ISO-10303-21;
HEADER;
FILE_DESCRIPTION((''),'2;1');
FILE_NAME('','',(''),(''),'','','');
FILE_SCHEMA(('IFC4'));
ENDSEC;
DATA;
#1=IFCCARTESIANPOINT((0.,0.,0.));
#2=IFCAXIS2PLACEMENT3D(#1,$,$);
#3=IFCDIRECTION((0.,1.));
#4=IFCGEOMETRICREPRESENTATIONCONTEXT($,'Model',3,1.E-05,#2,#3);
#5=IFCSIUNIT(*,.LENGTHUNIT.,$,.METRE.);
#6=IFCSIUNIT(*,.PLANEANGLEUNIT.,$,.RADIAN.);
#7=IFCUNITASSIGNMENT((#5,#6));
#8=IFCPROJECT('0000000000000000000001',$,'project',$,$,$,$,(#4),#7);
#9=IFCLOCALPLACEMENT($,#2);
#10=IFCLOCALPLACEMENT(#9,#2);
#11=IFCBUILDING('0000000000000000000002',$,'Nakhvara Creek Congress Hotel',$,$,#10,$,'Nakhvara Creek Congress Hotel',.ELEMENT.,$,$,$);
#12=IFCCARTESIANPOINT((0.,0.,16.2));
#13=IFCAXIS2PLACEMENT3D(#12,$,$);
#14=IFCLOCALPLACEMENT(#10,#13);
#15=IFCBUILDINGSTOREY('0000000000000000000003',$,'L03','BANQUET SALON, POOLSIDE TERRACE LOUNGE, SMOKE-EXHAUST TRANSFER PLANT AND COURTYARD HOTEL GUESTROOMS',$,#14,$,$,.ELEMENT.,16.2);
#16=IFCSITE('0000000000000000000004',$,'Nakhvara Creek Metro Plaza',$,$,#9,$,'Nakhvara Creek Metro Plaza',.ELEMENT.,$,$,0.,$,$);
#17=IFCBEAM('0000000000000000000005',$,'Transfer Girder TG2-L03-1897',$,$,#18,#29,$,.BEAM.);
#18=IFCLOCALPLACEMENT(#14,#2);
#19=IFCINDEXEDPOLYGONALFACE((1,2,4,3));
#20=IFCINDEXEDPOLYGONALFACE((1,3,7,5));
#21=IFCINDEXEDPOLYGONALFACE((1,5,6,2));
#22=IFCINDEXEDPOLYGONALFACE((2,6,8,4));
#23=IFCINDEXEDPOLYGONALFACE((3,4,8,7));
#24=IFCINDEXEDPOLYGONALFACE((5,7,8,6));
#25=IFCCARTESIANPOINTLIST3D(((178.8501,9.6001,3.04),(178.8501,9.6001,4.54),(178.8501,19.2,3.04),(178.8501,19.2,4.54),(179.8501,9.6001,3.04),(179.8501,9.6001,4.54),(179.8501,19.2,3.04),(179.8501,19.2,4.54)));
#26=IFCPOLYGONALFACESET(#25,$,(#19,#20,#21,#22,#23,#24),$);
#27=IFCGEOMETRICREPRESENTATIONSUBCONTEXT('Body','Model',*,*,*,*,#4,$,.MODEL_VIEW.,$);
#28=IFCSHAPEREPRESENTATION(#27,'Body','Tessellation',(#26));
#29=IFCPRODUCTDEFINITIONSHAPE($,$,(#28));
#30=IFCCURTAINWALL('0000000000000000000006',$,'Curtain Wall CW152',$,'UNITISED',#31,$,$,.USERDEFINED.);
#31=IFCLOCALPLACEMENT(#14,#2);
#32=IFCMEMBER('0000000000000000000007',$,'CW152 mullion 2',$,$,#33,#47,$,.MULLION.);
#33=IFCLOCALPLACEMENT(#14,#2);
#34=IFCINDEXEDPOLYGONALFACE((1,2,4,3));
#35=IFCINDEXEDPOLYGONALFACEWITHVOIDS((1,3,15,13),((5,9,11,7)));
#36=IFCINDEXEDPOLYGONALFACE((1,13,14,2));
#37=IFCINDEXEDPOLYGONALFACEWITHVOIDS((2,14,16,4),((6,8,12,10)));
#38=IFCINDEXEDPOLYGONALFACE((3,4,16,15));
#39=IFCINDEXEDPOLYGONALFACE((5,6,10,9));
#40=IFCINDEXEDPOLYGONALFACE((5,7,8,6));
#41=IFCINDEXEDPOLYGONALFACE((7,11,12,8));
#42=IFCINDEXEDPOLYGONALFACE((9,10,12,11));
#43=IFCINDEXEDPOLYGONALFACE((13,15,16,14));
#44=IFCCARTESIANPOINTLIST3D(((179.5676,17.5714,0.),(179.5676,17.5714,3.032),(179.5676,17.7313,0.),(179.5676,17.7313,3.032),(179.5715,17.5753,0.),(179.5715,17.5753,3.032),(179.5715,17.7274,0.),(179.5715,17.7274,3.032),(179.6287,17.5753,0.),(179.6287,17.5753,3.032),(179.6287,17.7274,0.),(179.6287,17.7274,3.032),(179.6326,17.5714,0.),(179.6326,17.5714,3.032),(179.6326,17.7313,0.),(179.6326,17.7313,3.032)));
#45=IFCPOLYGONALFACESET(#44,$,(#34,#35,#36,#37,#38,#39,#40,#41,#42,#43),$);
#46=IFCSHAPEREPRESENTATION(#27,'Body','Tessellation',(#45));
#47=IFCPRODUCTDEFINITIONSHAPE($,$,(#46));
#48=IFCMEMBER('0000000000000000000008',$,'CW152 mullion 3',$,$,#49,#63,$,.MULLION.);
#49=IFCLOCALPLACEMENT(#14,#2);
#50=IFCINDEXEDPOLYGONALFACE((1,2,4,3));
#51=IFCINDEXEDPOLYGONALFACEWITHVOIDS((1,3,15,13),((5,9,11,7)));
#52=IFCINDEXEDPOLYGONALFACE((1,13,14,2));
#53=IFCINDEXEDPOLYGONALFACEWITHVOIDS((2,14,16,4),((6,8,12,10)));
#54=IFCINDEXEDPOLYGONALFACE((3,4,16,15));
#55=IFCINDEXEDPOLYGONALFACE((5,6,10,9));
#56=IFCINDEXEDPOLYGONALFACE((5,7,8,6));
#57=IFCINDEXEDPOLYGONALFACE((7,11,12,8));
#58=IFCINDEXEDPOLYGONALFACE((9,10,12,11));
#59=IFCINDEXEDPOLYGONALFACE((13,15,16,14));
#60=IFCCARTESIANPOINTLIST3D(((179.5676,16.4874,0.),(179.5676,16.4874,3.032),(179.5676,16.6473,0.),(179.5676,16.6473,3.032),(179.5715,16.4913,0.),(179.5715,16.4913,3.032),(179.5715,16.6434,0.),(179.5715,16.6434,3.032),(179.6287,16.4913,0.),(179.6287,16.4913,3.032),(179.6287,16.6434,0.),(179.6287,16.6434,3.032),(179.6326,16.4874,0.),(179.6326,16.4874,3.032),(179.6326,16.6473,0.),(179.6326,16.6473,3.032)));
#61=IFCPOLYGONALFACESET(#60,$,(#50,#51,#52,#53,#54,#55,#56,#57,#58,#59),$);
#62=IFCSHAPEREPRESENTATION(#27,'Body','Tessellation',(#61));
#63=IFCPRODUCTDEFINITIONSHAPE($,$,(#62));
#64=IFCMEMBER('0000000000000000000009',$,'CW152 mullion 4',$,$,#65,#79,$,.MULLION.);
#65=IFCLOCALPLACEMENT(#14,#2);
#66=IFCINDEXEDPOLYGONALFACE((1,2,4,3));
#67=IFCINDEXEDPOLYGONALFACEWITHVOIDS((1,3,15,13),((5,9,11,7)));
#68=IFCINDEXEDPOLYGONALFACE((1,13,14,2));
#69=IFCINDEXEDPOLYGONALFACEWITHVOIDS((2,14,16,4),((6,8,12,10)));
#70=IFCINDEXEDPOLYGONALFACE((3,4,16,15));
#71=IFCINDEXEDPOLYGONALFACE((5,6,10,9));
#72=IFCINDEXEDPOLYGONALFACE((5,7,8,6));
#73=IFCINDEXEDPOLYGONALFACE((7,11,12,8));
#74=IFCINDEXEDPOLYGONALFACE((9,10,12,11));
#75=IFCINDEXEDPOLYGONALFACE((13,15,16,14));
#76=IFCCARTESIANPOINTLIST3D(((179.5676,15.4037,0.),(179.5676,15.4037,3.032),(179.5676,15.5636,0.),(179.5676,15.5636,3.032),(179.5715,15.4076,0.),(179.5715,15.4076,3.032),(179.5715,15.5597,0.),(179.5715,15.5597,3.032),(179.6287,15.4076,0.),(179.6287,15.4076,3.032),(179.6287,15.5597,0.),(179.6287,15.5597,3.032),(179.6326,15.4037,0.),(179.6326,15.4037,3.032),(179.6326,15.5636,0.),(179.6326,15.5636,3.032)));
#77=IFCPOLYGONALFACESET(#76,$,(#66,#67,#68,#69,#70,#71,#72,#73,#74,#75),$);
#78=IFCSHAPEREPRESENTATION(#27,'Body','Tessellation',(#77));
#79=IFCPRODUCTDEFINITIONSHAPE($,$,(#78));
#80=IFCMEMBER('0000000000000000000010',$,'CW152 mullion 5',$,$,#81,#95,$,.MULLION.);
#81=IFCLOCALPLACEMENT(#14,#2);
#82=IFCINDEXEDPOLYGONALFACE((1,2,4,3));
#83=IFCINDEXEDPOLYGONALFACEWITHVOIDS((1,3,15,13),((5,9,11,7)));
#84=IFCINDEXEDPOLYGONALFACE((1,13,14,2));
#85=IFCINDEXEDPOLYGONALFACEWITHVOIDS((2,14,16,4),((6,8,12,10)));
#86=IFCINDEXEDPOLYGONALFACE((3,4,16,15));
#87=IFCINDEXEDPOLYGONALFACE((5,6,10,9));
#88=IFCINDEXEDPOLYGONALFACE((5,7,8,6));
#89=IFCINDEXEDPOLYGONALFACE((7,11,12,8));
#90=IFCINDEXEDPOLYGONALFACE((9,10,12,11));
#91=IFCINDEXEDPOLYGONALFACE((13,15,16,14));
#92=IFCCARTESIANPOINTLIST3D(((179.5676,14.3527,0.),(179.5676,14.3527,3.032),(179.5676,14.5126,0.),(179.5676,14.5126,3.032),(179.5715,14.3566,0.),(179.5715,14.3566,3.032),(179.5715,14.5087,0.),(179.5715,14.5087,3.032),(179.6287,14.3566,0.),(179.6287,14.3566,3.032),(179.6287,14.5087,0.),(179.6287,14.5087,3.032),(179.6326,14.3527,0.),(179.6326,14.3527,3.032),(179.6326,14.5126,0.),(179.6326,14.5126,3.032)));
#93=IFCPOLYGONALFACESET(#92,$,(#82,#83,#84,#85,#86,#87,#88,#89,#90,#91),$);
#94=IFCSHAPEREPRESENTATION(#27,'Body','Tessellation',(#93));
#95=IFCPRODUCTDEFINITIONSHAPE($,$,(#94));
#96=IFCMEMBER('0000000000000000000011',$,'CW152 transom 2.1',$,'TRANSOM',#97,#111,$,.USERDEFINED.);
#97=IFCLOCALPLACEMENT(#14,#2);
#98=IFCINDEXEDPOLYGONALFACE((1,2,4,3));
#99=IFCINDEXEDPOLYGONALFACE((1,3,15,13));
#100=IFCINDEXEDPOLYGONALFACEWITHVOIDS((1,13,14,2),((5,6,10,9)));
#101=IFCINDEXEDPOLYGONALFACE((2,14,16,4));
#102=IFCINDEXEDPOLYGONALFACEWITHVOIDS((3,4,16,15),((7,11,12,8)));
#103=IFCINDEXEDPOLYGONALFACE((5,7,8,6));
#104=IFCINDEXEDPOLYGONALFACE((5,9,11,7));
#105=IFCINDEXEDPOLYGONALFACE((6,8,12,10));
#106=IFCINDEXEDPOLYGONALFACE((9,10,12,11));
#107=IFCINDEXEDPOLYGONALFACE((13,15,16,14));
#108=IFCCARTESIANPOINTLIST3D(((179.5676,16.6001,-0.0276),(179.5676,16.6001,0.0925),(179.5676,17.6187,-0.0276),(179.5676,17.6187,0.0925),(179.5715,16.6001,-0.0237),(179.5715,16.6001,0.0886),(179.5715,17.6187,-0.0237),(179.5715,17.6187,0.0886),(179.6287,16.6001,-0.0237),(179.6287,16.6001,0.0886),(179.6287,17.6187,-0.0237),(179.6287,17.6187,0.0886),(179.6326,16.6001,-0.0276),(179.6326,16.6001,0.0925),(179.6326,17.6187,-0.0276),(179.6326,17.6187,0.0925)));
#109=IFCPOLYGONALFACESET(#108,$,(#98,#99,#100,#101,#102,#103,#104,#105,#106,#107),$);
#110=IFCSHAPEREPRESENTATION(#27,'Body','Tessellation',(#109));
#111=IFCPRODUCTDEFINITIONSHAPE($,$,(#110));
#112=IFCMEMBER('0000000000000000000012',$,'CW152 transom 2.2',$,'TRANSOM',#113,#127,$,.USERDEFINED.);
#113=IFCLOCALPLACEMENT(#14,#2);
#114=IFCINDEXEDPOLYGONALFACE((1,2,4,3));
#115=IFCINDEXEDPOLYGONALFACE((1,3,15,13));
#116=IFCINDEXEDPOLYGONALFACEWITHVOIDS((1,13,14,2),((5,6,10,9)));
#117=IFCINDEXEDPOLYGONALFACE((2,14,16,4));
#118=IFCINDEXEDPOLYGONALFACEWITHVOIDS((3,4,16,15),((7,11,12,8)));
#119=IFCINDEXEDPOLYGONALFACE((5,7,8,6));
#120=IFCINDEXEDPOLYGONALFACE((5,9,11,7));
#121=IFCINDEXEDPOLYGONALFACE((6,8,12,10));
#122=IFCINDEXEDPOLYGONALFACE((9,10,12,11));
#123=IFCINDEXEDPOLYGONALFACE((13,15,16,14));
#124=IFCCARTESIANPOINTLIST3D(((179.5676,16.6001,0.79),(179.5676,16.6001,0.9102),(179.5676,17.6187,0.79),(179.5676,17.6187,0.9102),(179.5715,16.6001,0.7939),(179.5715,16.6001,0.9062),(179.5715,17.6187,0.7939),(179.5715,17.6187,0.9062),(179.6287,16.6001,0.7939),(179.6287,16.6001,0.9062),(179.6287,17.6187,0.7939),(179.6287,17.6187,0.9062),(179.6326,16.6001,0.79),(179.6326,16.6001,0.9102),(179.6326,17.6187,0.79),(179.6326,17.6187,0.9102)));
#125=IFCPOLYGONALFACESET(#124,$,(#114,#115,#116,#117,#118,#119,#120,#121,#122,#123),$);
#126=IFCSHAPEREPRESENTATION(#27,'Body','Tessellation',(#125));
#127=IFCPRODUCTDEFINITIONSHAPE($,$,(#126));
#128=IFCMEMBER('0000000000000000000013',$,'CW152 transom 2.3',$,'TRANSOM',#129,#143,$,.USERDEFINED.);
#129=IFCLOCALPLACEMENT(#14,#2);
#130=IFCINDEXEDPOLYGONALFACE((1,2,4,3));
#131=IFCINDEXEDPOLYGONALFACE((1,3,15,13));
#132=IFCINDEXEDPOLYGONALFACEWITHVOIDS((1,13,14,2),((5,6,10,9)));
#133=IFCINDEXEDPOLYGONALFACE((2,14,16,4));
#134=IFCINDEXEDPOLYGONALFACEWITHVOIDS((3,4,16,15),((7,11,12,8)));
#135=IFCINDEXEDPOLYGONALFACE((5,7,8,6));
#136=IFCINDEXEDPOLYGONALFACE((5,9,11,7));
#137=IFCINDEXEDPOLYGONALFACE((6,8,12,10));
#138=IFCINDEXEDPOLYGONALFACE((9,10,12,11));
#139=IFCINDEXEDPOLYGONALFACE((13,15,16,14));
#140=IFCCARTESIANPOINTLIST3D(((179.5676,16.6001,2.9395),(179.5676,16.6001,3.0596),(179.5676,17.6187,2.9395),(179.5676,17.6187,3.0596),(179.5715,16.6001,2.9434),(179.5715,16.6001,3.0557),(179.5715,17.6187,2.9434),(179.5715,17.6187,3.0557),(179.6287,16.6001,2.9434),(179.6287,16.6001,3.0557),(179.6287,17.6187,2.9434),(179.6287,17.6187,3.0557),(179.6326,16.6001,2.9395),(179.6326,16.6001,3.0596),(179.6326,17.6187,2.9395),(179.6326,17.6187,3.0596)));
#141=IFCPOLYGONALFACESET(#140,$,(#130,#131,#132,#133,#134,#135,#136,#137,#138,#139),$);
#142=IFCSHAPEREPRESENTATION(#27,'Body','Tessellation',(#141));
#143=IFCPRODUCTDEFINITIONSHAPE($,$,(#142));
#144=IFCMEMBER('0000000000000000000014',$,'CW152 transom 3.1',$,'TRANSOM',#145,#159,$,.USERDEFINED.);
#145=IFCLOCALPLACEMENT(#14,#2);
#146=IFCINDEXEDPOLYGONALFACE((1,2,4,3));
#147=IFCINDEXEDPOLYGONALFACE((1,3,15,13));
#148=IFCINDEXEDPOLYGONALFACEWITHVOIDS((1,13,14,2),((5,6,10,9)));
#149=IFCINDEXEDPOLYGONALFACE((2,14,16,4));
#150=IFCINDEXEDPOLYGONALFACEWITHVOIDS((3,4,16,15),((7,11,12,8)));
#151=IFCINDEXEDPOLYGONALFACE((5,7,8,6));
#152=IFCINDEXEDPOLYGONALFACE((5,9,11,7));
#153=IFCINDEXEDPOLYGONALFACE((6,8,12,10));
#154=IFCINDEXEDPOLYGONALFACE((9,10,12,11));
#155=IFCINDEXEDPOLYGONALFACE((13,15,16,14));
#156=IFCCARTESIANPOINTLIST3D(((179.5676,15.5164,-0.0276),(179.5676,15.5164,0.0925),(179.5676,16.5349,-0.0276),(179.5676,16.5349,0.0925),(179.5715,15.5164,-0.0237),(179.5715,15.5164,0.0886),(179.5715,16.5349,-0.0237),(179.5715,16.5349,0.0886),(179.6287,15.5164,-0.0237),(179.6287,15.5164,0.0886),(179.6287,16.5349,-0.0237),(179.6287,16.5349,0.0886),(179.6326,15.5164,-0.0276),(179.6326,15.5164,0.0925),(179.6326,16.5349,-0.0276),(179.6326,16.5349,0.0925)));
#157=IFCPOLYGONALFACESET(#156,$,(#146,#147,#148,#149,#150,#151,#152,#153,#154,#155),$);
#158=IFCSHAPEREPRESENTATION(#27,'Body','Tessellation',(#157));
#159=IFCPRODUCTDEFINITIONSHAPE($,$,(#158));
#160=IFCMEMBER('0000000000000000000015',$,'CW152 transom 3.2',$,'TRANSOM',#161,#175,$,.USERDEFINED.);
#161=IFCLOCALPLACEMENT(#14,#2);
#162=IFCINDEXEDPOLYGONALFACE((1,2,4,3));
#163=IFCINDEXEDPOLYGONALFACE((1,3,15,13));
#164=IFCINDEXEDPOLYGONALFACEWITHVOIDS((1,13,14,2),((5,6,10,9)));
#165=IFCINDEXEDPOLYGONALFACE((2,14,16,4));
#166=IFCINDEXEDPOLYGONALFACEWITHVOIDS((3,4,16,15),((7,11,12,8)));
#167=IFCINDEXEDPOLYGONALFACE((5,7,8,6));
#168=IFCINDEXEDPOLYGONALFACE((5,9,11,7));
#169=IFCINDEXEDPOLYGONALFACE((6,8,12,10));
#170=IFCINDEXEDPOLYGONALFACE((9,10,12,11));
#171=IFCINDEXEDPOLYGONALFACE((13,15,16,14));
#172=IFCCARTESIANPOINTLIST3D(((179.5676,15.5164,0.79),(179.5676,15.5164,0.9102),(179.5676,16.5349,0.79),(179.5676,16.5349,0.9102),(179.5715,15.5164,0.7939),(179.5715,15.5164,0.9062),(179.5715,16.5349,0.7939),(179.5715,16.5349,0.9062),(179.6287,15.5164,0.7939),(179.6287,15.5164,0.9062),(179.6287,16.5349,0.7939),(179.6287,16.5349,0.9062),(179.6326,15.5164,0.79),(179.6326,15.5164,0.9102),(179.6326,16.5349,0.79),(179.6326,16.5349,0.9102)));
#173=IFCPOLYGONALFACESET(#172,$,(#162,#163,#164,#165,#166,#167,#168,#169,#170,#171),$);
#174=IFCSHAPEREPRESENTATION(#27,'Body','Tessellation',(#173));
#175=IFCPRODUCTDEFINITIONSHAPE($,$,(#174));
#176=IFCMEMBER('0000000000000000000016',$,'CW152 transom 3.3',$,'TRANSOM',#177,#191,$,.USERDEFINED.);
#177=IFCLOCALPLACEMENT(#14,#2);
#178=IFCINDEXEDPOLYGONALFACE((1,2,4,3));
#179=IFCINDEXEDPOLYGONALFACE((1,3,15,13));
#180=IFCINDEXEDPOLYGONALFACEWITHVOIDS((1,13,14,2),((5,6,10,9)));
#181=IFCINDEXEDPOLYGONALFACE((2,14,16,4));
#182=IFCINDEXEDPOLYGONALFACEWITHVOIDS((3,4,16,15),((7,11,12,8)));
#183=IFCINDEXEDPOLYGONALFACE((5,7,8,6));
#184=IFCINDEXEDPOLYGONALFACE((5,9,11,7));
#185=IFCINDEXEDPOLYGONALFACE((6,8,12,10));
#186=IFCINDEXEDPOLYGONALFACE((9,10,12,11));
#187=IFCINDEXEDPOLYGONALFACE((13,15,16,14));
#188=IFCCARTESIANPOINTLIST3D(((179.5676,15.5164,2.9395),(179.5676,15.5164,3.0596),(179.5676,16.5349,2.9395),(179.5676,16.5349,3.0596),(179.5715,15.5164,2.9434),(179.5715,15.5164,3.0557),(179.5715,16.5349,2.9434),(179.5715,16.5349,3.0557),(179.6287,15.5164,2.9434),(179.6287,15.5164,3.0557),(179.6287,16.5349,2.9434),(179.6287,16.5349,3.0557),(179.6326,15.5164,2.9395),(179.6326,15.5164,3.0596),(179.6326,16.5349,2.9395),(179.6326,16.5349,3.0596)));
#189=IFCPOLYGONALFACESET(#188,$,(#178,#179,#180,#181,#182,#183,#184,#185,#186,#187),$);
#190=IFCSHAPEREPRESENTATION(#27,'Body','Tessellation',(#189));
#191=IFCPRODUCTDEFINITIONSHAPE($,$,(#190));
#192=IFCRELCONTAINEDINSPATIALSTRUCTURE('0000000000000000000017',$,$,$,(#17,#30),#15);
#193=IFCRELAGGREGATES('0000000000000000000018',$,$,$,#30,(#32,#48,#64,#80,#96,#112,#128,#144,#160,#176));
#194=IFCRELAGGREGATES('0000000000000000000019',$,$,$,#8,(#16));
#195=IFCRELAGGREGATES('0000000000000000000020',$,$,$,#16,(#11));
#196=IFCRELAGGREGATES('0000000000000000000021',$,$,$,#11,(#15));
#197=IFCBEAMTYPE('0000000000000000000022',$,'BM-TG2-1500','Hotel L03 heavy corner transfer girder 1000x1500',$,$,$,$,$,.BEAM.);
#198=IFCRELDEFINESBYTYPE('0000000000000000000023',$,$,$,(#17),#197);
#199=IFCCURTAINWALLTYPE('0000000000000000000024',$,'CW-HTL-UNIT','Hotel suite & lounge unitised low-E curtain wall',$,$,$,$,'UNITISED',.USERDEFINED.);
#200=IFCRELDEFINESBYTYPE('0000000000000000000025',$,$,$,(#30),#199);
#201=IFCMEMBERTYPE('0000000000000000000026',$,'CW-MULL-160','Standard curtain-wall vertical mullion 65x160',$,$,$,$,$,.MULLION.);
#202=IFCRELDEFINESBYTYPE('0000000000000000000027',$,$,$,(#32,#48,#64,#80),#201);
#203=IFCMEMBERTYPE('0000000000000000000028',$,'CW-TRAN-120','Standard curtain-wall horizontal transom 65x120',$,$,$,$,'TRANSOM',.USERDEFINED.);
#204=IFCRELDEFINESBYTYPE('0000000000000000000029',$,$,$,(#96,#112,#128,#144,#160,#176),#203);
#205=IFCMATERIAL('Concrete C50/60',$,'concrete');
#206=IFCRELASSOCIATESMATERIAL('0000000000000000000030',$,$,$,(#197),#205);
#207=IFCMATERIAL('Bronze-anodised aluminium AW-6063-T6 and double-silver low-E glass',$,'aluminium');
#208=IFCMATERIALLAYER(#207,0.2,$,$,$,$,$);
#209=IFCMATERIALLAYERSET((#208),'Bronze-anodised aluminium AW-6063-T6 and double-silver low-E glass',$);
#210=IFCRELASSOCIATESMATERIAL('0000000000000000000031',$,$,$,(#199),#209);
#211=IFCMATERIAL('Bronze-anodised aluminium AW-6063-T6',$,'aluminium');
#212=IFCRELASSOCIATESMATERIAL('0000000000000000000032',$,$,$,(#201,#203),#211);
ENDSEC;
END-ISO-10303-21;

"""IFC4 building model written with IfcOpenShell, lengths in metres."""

from ifc_helpers import new_model, si_unit, direction, frame, origin, origin_2d, place, context, subcontext, project, spatial, rectangle, hollow_rectangle, extrude, material, layer, layer_set, material_profile, profile_set, type_object, element, aggregate, save


model = new_model("IFC4")

# Units and contexts
model_context = context("Model", 3, precision=1e-05, world=origin(), true_north=direction((0.0, 1.0)))
body_context = subcontext(model_context, "Body", "Model", "MODEL_VIEW")
ifc_project = project(units=[si_unit("LENGTHUNIT", "METRE"), si_unit("PLANEANGLEUNIT", "RADIAN")], contexts=[model_context])

# Site, building, storey
site_placement = place(None, origin())
site = spatial("IfcSite", under=ifc_project, at=site_placement, Name="Nakhvara Creek Metro Plaza", LongName="Nakhvara Creek Metro Plaza", CompositionType="ELEMENT", RefElevation=0.0)
building_placement = place(site_placement, origin())
building = spatial("IfcBuilding", under=site, at=building_placement, Name="Nakhvara Creek Congress Hotel", LongName="Nakhvara Creek Congress Hotel", CompositionType="ELEMENT")
storey_placement = place(building_placement, frame((0.0, 0.0, 16.2)))
storey = spatial("IfcBuildingStorey", under=building, at=storey_placement, Name="L03", Description="BANQUET SALON, POOLSIDE TERRACE LOUNGE, SMOKE-EXHAUST TRANSFER PLANT AND COURTYARD HOTEL GUESTROOMS", CompositionType="ELEMENT", Elevation=16.2)

# Beam
ifc_material_1 = material(Name="Concrete C50/60", Category="concrete")
ifc_material_profile_1 = material_profile(ifc_material_1, rectangle(XDim=1.0, YDim=1.5, at=origin_2d()), Name="RC-TG 1000x1500", Category="LoadBearing")
ifc_profile_set_1 = profile_set([ifc_material_profile_1], Name="Concrete C50/60")
beam_type = type_object("IfcBeamType", Name="BM-TG2-1500", Description="Hotel L03 heavy corner transfer girder 1000x1500", PredefinedType="BEAM", material=ifc_profile_set_1)
beam_placement = place(storey_placement, frame((179.3501, 9.6001, 3.79), z_axis=(0.0, 1.0, 0.0), x_axis=(-1.0, 0.0, 0.0)))
element("IfcBeam", 1, at=beam_placement, inside=storey, type_object=beam_type, Name="Transfer Girder TG2-L03-1897", PredefinedType="BEAM", context=body_context, shape_type="SweptSolid", body=[
    extrude(rectangle(XDim=1.0, YDim=1.5, at=origin_2d()), origin(), (0.0, 0.0, 1.0), 9.5999),
])

# Curtain wall, members
ifc_material_2 = material(Name="Bronze-anodised aluminium AW-6063-T6 and double-silver low-E glass", Category="aluminium")
ifc_layer_1 = layer(ifc_material_2, 0.2)
ifc_layer_set_1 = layer_set([ifc_layer_1], Name="Bronze-anodised aluminium AW-6063-T6 and double-silver low-E glass")
curtain_wall_type = type_object("IfcCurtainWallType", Name="CW-HTL-UNIT", Description="Hotel suite & lounge unitised low-E curtain wall", ElementType="UNITISED", PredefinedType="USERDEFINED", material=ifc_layer_set_1)
curtain_wall_placement = place(storey_placement, origin())
curtain_wall = element("IfcCurtainWall", 2, at=curtain_wall_placement, inside=storey, type_object=curtain_wall_type, Name="Curtain Wall CW152", ObjectType="UNITISED", PredefinedType="USERDEFINED")
ifc_material_3 = material(Name="Bronze-anodised aluminium AW-6063-T6", Category="aluminium")
ifc_material_profile_2 = material_profile(ifc_material_3, hollow_rectangle(XDim=0.0649, YDim=0.1599, WallThickness=0.0039, at=origin_2d()), Name="ALU-MULL 65x160x4", Category="LoadBearing")
ifc_profile_set_2 = profile_set([ifc_material_profile_2], Name="Bronze-anodised aluminium AW-6063-T6")
member_type_1 = type_object("IfcMemberType", Name="CW-MULL-160", Description="Standard curtain-wall vertical mullion 65x160", PredefinedType="MULLION", material=ifc_profile_set_2)
member_1_placement = place(storey_placement, frame((179.6001, 17.6514, 0.0), z_axis=(0.0, 0.0, 1.0), x_axis=(1.0, 0.0, 0.0)))
member_1 = element("IfcMember", 3, at=member_1_placement, type_object=member_type_1, Name="CW152 mullion 2", PredefinedType="MULLION", context=body_context, shape_type="SweptSolid", body=[
    extrude(hollow_rectangle(XDim=0.0649, YDim=0.1599, WallThickness=0.0039, at=origin_2d()), origin(), (0.0, 0.0, 1.0), 3.032),
])
member_2_placement = place(storey_placement, frame((179.6001, 16.5674, 0.0), z_axis=(0.0, 0.0, 1.0), x_axis=(1.0, 0.0, 0.0)))
member_2 = element("IfcMember", 4, at=member_2_placement, type_object=member_type_1, Name="CW152 mullion 3", PredefinedType="MULLION", context=body_context, shape_type="SweptSolid", body=[
    extrude(hollow_rectangle(XDim=0.0649, YDim=0.1599, WallThickness=0.0039, at=origin_2d()), origin(), (0.0, 0.0, 1.0), 3.032),
])
member_3_placement = place(storey_placement, frame((179.6001, 15.4836, 0.0), z_axis=(0.0, 0.0, 1.0), x_axis=(1.0, 0.0, 0.0)))
member_3 = element("IfcMember", 5, at=member_3_placement, type_object=member_type_1, Name="CW152 mullion 4", PredefinedType="MULLION", context=body_context, shape_type="SweptSolid", body=[
    extrude(hollow_rectangle(XDim=0.0649, YDim=0.1599, WallThickness=0.0039, at=origin_2d()), origin(), (0.0, 0.0, 1.0), 3.032),
])
member_4_placement = place(storey_placement, frame((179.6001, 14.4326, 0.0), z_axis=(0.0, 0.0, 1.0), x_axis=(1.0, 0.0, 0.0)))
member_4 = element("IfcMember", 6, at=member_4_placement, type_object=member_type_1, Name="CW152 mullion 5", PredefinedType="MULLION", context=body_context, shape_type="SweptSolid", body=[
    extrude(hollow_rectangle(XDim=0.0649, YDim=0.1599, WallThickness=0.0039, at=origin_2d()), origin(), (0.0, 0.0, 1.0), 3.032),
])
ifc_material_profile_3 = material_profile(ifc_material_3, hollow_rectangle(XDim=0.0649, YDim=0.1201, WallThickness=0.0039, at=origin_2d()), Name="ALU-TRAN 65x120x4", Category="LoadBearing")
ifc_profile_set_3 = profile_set([ifc_material_profile_3], Name="Bronze-anodised aluminium AW-6063-T6")
member_type_2 = type_object("IfcMemberType", Name="CW-TRAN-120", Description="Standard curtain-wall horizontal transom 65x120", ElementType="TRANSOM", PredefinedType="USERDEFINED", material=ifc_profile_set_3)
member_5_placement = place(storey_placement, frame((179.6001, 17.6187, 0.0325), z_axis=(0.0, -1.0, 0.0), x_axis=(1.0, 0.0, 0.0)))
member_5 = element("IfcMember", 7, at=member_5_placement, type_object=member_type_2, Name="CW152 transom 2.1", ObjectType="TRANSOM", PredefinedType="USERDEFINED", context=body_context, shape_type="SweptSolid", body=[
    extrude(hollow_rectangle(XDim=0.0649, YDim=0.1201, WallThickness=0.0039, at=origin_2d()), origin(), (0.0, 0.0, 1.0), 1.0186),
])
member_6_placement = place(storey_placement, frame((179.6001, 17.6187, 0.8501), z_axis=(0.0, -1.0, 0.0), x_axis=(1.0, 0.0, 0.0)))
member_6 = element("IfcMember", 8, at=member_6_placement, type_object=member_type_2, Name="CW152 transom 2.2", ObjectType="TRANSOM", PredefinedType="USERDEFINED", context=body_context, shape_type="SweptSolid", body=[
    extrude(hollow_rectangle(XDim=0.0649, YDim=0.1201, WallThickness=0.0039, at=origin_2d()), origin(), (0.0, 0.0, 1.0), 1.0186),
])
member_7_placement = place(storey_placement, frame((179.6001, 17.6187, 2.9995), z_axis=(0.0, -1.0, 0.0), x_axis=(1.0, 0.0, 0.0)))
member_7 = element("IfcMember", 9, at=member_7_placement, type_object=member_type_2, Name="CW152 transom 2.3", ObjectType="TRANSOM", PredefinedType="USERDEFINED", context=body_context, shape_type="SweptSolid", body=[
    extrude(hollow_rectangle(XDim=0.0649, YDim=0.1201, WallThickness=0.0039, at=origin_2d()), origin(), (0.0, 0.0, 1.0), 1.0186),
])
member_8_placement = place(storey_placement, frame((179.6001, 16.5349, 0.0325), z_axis=(0.0, -1.0, 0.0), x_axis=(1.0, 0.0, 0.0)))
member_8 = element("IfcMember", 10, at=member_8_placement, type_object=member_type_2, Name="CW152 transom 3.1", ObjectType="TRANSOM", PredefinedType="USERDEFINED", context=body_context, shape_type="SweptSolid", body=[
    extrude(hollow_rectangle(XDim=0.0649, YDim=0.1201, WallThickness=0.0039, at=origin_2d()), origin(), (0.0, 0.0, 1.0), 1.0186),
])
member_9_placement = place(storey_placement, frame((179.6001, 16.5349, 0.8501), z_axis=(0.0, -1.0, 0.0), x_axis=(1.0, 0.0, 0.0)))
member_9 = element("IfcMember", 11, at=member_9_placement, type_object=member_type_2, Name="CW152 transom 3.2", ObjectType="TRANSOM", PredefinedType="USERDEFINED", context=body_context, shape_type="SweptSolid", body=[
    extrude(hollow_rectangle(XDim=0.0649, YDim=0.1201, WallThickness=0.0039, at=origin_2d()), origin(), (0.0, 0.0, 1.0), 1.0186),
])
member_10_placement = place(storey_placement, frame((179.6001, 16.5349, 2.9995), z_axis=(0.0, -1.0, 0.0), x_axis=(1.0, 0.0, 0.0)))
member_10 = element("IfcMember", 12, at=member_10_placement, type_object=member_type_2, Name="CW152 transom 3.3", ObjectType="TRANSOM", PredefinedType="USERDEFINED", context=body_context, shape_type="SweptSolid", body=[
    extrude(hollow_rectangle(XDim=0.0649, YDim=0.1201, WallThickness=0.0039, at=origin_2d()), origin(), (0.0, 0.0, 1.0), 1.0186),
])
aggregate(curtain_wall, [member_1, member_2, member_3, member_4, member_5, member_6, member_7, member_8, member_9, member_10])

save(model, "model.ifc")
